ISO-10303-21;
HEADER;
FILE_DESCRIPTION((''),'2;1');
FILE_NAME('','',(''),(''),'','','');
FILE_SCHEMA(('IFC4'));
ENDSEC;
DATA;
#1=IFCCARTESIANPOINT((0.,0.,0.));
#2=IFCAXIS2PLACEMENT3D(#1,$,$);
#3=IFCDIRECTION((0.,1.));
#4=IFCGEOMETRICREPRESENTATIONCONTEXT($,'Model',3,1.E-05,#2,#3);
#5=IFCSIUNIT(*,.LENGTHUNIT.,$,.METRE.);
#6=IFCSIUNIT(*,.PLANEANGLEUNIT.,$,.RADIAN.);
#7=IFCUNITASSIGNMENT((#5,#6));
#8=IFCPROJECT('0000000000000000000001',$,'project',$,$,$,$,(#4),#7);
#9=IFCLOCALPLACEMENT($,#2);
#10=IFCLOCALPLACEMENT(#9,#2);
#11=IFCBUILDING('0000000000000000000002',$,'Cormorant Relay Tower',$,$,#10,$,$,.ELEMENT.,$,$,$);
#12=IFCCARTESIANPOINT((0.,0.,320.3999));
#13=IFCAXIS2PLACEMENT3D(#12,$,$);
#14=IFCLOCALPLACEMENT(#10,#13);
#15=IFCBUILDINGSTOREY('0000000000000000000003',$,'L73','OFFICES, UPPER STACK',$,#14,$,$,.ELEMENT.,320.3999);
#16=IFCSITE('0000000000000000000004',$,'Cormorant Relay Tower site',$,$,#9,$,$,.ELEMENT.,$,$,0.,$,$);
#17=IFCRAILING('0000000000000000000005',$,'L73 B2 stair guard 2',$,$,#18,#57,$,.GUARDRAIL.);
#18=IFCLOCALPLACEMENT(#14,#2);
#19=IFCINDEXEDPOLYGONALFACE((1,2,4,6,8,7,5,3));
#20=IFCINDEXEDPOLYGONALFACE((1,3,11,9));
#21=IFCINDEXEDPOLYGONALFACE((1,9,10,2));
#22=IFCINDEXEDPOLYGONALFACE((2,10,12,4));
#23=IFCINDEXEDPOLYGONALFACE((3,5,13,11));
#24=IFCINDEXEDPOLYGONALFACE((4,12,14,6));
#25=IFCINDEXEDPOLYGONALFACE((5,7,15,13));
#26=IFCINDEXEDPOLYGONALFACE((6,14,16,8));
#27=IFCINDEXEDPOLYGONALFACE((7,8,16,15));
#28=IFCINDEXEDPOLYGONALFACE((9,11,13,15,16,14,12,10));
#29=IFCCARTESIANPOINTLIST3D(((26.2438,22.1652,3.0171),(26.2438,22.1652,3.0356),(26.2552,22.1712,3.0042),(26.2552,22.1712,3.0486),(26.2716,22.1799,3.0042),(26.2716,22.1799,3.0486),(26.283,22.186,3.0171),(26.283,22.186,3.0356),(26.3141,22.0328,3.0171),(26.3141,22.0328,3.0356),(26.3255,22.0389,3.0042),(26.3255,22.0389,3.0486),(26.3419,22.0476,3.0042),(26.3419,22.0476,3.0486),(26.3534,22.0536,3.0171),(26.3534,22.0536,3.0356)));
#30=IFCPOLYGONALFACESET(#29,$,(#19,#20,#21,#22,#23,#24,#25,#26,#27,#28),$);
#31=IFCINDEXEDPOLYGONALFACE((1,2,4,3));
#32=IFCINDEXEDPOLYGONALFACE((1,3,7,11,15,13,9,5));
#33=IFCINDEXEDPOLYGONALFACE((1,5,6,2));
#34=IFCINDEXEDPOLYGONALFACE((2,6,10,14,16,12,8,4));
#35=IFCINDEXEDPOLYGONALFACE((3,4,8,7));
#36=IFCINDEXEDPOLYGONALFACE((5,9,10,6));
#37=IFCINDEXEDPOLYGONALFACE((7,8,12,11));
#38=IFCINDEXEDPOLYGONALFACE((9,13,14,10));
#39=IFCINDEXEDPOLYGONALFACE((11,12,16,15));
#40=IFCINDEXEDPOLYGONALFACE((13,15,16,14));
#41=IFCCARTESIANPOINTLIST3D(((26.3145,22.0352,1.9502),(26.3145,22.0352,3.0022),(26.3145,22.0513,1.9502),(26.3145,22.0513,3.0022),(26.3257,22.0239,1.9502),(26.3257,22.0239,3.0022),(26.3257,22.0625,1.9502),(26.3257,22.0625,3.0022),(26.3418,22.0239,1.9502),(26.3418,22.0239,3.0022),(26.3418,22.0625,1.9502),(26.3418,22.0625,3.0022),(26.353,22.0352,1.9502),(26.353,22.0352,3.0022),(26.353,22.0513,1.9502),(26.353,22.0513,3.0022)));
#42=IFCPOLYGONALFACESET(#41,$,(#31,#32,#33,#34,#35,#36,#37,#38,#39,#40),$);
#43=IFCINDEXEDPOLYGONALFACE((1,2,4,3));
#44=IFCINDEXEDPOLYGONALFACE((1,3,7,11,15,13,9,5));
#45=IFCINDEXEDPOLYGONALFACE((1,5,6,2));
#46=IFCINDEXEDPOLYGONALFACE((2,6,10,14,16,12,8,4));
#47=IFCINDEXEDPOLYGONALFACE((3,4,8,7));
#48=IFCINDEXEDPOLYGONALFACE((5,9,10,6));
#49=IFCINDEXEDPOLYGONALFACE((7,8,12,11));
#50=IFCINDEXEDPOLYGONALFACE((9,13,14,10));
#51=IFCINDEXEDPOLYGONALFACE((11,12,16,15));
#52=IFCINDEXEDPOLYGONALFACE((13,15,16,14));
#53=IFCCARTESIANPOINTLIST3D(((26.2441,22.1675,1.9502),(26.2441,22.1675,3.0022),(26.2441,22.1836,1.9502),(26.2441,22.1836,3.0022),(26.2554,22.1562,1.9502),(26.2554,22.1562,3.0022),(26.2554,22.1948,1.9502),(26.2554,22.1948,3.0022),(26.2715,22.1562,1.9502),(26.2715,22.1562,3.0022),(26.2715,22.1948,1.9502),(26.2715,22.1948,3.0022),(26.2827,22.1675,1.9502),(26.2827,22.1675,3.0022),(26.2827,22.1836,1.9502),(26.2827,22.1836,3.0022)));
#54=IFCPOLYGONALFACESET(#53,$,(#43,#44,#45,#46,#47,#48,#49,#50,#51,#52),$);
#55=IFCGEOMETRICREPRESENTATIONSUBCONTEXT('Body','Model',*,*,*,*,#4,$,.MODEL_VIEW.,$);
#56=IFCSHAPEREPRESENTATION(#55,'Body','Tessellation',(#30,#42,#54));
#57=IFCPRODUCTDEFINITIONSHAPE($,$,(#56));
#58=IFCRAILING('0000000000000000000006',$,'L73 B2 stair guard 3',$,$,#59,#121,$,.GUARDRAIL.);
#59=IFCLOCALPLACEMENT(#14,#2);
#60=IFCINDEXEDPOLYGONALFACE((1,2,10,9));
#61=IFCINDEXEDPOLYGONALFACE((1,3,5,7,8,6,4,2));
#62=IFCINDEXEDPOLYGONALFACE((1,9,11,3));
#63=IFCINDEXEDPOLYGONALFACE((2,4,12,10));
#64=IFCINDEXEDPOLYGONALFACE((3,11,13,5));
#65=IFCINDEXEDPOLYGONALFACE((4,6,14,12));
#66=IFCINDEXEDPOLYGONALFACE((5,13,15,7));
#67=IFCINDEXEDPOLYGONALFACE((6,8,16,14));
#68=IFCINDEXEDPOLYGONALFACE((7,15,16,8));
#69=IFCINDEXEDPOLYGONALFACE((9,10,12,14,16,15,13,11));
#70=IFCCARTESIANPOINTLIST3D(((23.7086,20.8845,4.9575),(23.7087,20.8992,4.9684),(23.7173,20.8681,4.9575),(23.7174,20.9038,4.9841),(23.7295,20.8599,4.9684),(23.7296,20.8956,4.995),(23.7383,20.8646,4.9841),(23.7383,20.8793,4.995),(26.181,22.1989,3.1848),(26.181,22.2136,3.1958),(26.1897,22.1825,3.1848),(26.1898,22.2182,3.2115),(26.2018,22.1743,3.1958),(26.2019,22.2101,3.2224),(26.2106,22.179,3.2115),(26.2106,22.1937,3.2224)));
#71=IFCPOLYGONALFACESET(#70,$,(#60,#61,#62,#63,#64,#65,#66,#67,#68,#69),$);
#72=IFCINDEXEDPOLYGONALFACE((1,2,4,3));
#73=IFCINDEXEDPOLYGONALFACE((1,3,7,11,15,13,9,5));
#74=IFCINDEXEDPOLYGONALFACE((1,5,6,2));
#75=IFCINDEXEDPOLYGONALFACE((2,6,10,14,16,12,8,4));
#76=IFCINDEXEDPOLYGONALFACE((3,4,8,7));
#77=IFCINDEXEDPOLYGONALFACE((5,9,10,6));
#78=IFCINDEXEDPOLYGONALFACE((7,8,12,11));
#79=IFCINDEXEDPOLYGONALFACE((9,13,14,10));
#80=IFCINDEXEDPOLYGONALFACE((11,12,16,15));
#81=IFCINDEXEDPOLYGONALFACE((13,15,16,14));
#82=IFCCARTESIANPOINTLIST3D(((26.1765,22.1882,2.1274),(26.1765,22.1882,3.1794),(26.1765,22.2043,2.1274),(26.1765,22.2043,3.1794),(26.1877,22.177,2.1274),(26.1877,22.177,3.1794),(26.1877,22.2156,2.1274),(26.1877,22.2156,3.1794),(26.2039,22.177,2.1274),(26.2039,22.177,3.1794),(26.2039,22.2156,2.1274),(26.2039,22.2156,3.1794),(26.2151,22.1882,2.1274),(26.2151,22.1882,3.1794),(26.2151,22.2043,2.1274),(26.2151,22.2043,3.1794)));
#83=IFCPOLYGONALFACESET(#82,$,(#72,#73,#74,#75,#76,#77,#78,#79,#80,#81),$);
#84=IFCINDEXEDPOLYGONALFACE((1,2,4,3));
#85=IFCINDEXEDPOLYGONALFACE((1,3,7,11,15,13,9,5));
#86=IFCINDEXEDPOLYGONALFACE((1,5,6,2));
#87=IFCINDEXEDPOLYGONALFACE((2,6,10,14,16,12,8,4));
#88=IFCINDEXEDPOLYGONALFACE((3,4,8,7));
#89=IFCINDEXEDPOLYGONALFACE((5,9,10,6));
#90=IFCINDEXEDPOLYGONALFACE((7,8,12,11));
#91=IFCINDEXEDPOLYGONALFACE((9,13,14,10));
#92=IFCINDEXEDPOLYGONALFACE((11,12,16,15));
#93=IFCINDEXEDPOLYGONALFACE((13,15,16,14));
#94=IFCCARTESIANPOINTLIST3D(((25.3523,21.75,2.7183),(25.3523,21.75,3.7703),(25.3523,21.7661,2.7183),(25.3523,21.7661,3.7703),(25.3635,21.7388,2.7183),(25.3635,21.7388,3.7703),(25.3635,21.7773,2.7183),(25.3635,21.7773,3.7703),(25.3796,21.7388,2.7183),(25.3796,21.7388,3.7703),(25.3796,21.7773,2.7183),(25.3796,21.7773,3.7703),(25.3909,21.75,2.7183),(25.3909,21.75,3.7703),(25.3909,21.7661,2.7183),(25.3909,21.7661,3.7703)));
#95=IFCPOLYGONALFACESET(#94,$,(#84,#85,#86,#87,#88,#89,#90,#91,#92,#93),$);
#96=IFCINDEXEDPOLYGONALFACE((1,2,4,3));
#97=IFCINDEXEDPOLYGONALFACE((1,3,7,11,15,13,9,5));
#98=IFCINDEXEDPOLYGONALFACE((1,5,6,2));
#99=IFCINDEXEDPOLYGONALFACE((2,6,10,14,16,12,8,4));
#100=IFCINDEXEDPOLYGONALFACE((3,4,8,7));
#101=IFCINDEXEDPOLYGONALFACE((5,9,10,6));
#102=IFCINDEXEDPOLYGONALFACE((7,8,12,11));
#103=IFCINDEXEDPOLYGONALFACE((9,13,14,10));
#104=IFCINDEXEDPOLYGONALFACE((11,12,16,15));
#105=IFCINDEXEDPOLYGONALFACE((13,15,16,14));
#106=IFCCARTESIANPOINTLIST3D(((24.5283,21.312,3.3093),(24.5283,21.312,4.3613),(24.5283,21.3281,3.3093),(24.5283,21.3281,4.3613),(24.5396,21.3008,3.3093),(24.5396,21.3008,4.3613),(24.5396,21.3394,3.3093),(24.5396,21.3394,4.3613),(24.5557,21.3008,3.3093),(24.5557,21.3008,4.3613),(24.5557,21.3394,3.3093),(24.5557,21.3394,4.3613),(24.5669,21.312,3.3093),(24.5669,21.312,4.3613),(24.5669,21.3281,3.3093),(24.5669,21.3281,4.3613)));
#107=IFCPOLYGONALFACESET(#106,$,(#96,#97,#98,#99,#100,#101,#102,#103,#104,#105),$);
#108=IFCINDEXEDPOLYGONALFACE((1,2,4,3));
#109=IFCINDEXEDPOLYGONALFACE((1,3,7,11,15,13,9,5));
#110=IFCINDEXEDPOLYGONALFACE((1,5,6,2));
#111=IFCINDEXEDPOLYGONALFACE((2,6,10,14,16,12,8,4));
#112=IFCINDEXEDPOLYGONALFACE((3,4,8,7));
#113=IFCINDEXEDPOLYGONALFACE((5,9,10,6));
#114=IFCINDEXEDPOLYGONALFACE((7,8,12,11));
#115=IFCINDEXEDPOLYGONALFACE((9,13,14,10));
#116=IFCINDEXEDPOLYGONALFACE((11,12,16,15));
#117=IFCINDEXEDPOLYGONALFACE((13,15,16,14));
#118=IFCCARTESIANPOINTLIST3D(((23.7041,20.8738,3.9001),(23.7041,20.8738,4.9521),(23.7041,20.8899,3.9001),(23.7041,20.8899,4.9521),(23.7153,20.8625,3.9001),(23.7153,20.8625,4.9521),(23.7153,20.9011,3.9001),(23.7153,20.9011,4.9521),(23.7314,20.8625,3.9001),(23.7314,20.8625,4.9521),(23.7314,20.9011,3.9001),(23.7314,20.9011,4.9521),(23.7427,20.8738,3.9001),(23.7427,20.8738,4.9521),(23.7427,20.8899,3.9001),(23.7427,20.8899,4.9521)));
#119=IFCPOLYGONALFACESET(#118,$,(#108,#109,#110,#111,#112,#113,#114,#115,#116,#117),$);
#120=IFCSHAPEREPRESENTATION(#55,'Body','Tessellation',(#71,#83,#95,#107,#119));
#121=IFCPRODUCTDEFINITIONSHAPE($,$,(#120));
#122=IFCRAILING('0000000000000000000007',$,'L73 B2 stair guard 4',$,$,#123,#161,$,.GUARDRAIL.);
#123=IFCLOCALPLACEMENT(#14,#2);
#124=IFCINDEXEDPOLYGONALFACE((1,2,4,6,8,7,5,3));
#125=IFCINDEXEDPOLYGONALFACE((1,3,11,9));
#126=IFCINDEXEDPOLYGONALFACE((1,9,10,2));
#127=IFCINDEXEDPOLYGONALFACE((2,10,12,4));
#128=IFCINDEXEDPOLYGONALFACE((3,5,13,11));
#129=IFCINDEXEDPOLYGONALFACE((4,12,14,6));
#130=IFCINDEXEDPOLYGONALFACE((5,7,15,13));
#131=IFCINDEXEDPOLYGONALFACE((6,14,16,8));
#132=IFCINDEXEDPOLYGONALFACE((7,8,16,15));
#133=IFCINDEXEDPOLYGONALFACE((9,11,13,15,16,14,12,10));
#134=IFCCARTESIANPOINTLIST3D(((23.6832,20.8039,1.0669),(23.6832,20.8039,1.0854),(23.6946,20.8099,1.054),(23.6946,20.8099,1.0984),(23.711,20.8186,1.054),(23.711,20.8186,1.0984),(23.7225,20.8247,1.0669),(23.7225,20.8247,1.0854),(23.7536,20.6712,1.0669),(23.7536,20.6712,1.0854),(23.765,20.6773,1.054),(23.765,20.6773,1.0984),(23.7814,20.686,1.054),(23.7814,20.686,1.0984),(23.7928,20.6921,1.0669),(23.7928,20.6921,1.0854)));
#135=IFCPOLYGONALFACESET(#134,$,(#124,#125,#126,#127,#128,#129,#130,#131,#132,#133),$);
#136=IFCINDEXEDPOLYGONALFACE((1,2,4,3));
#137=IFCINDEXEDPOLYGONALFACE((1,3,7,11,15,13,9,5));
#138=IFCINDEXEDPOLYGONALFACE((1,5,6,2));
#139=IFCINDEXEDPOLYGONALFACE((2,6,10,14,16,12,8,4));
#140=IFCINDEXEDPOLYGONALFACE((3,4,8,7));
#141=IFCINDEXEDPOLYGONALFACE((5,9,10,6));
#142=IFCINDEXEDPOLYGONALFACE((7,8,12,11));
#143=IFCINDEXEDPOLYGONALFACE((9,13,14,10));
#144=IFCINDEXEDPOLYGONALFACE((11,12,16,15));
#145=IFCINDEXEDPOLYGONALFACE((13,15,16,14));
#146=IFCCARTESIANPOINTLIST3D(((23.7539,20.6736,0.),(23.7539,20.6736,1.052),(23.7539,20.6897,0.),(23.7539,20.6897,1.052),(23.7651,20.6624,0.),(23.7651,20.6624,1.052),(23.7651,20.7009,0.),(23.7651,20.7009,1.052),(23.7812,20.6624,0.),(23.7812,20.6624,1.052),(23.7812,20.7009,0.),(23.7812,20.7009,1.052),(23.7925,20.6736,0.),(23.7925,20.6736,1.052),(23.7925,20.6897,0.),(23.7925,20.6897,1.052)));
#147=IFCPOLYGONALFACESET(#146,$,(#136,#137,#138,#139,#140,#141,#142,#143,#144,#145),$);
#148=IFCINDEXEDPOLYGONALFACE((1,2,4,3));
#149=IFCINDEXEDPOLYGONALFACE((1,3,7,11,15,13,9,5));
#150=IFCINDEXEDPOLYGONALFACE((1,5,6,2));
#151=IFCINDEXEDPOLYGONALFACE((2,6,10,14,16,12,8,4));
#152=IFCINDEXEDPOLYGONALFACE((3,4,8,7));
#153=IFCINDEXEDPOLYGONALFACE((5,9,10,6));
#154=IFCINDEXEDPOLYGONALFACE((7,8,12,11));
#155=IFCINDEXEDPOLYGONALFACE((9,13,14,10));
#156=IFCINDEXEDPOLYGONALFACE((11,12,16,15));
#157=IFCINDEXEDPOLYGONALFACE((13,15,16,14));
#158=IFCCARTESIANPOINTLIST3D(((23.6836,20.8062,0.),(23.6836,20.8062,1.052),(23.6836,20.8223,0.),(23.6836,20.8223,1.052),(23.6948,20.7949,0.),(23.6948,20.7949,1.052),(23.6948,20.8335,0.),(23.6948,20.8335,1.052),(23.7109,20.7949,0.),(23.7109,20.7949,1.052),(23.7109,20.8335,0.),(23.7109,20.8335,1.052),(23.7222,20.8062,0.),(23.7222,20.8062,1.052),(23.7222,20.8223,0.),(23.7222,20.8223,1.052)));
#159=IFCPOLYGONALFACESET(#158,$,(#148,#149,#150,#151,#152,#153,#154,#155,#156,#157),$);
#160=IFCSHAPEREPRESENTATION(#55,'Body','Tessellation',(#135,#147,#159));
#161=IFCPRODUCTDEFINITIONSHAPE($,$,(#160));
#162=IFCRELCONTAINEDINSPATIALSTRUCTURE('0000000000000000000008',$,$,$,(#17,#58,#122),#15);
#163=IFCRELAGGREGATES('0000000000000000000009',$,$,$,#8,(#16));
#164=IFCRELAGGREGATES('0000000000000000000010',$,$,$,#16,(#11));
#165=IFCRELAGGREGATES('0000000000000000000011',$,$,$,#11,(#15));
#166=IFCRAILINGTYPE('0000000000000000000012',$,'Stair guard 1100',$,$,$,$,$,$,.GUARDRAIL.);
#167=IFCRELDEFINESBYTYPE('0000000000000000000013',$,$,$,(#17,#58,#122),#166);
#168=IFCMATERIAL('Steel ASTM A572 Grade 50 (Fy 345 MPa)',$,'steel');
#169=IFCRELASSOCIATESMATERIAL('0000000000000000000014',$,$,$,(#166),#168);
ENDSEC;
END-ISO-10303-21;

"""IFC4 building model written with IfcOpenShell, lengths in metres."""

from ifc_helpers import new_model, si_unit, direction, frame, origin, place, context, subcontext, project, spatial, polyline, outline, extrude, material, type_object, element, save


model = new_model("IFC4")

# Units and contexts
model_context = context("Model", 3, precision=1e-05, world=origin(), true_north=direction((0.0, 1.0)))
body_context = subcontext(model_context, "Body", "Model", "MODEL_VIEW")
ifc_project = project(units=[si_unit("LENGTHUNIT", "METRE"), si_unit("PLANEANGLEUNIT", "RADIAN")], contexts=[model_context])

# Site, building, storey
site_placement = place(None, origin())
site = spatial("IfcSite", under=ifc_project, at=site_placement, Name="Cormorant Relay Tower site", CompositionType="ELEMENT", RefElevation=0.0)
building_placement = place(site_placement, origin())
building = spatial("IfcBuilding", under=site, at=building_placement, Name="Cormorant Relay Tower", CompositionType="ELEMENT")
storey_placement = place(building_placement, frame((0.0, 0.0, 320.3999)))
storey = spatial("IfcBuildingStorey", under=building, at=storey_placement, Name="L73", Description="OFFICES, UPPER STACK", CompositionType="ELEMENT", Elevation=320.3999)

# Railings
ifc_material_1 = material(Name="Steel ASTM A572 Grade 50 (Fy 345 MPa)", Category="steel")
railing_type_1 = type_object("IfcRailingType", Name="Stair guard 1100", PredefinedType="GUARDRAIL", material=ifc_material_1)
railing_1_placement = place(storey_placement, frame((26.3337, 22.0432, 1.9502)))
element("IfcRailing", 1, at=railing_1_placement, inside=storey, type_object=railing_type_1, Name="L73 B2 stair guard 2", PredefinedType="GUARDRAIL", context=body_context, shape_type="SweptSolid", body=[
    extrude(outline(polyline([(0.0222, 0.0093), (0.0093, 0.0222), (-0.0093, 0.0222), (-0.0222, 0.0093), (-0.0222, -0.0093), (-0.0093, -0.0222), (0.0093, -0.0222), (0.0222, -0.0093), (0.0222, 0.0093)])), frame((0.0, 0.0, 1.0762), z_axis=(-0.469235, 0.883074, 0.0), x_axis=(-0.883074, -0.469235, 0.0)), (0.0, 0.0, 1.0), 0.1499),
    extrude(outline(polyline([(0.0193, 0.0081), (0.0081, 0.0193), (-0.0081, 0.0193), (-0.0193, 0.0081), (-0.0193, -0.0081), (-0.0081, -0.0193), (0.0081, -0.0193), (0.0193, -0.0081), (0.0193, 0.0081)])), origin(), (0.0, 0.0, 1.0), 1.052),
    extrude(outline(polyline([(0.0193, 0.0081), (0.0081, 0.0193), (-0.0081, 0.0193), (-0.0193, 0.0081), (-0.0193, -0.0081), (-0.0081, -0.0193), (0.0081, -0.0193), (0.0193, -0.0081), (0.0193, 0.0081)])), frame((-0.0703, 0.1323, 0.0)), (0.0, 0.0, 1.0), 1.052),
])
railing_2_placement = place(storey_placement, frame((26.1958, 22.1963, 2.1274)))
element("IfcRailing", 2, at=railing_2_placement, inside=storey, type_object=railing_type_1, Name="L73 B2 stair guard 3", PredefinedType="GUARDRAIL", context=body_context, shape_type="SweptSolid", body=[
    extrude(outline(polyline([(0.0222, 0.0093), (0.0093, 0.0222), (-0.0093, 0.0222), (-0.0222, 0.0093), (-0.0222, -0.0093), (-0.0093, -0.0222), (0.0093, -0.0222), (0.0222, -0.0093), (0.0222, 0.0093)])), frame((0.0, 0.0, 1.0762), z_axis=(-0.746034, -0.396627, 0.534902), x_axis=(0.469429, -0.88297, 0.0)), (0.0, 0.0, 1.0), 3.314),
    extrude(outline(polyline([(0.0193, 0.0081), (0.0081, 0.0193), (-0.0081, 0.0193), (-0.0193, 0.0081), (-0.0193, -0.0081), (-0.0081, -0.0193), (0.0081, -0.0193), (0.0193, -0.0081), (0.0193, 0.0081)])), origin(), (0.0, 0.0, 1.0), 1.052),
    extrude(outline(polyline([(0.0193, 0.0081), (0.0081, 0.0193), (-0.0081, 0.0193), (-0.0193, 0.0081), (-0.0193, -0.0081), (-0.0081, -0.0193), (0.0081, -0.0193), (0.0193, -0.0081), (0.0193, 0.0081)])), frame((-0.8242, -0.4382, 0.5908)), (0.0, 0.0, 1.0), 1.052),
    extrude(outline(polyline([(0.0193, 0.0081), (0.0081, 0.0193), (-0.0081, 0.0193), (-0.0193, 0.0081), (-0.0193, -0.0081), (-0.0081, -0.0193), (0.0081, -0.0193), (0.0193, -0.0081), (0.0193, 0.0081)])), frame((-1.6482, -0.8762, 1.1819)), (0.0, 0.0, 1.0), 1.052),
    extrude(outline(polyline([(0.0193, 0.0081), (0.0081, 0.0193), (-0.0081, 0.0193), (-0.0193, 0.0081), (-0.0193, -0.0081), (-0.0081, -0.0193), (0.0081, -0.0193), (0.0193, -0.0081), (0.0193, 0.0081)])), frame((-2.4724, -1.3145, 1.7727)), (0.0, 0.0, 1.0), 1.052),
])
railing_3_placement = place(storey_placement, frame((23.7732, 20.6816, 0.0)))
element("IfcRailing", 3, at=railing_3_placement, inside=storey, type_object=railing_type_1, Name="L73 B2 stair guard 4", PredefinedType="GUARDRAIL", context=body_context, shape_type="SweptSolid", body=[
    extrude(outline(polyline([(0.0222, 0.0093), (0.0093, 0.0222), (-0.0093, 0.0222), (-0.0222, 0.0093), (-0.0222, -0.0093), (-0.0093, -0.0222), (0.0093, -0.0222), (0.0222, -0.0093), (0.0222, 0.0093)])), frame((0.0, 0.0, 1.0762), z_axis=(-0.46856, 0.883431, 0.0), x_axis=(-0.883431, -0.46856, 0.0)), (0.0, 0.0, 1.0), 0.1501),
    extrude(outline(polyline([(0.0193, 0.0081), (0.0081, 0.0193), (-0.0081, 0.0193), (-0.0193, 0.0081), (-0.0193, -0.0081), (-0.0081, -0.0193), (0.0081, -0.0193), (0.0193, -0.0081), (0.0193, 0.0081)])), origin(), (0.0, 0.0, 1.0), 1.052),
    extrude(outline(polyline([(0.0193, 0.0081), (0.0081, 0.0193), (-0.0081, 0.0193), (-0.0193, 0.0081), (-0.0193, -0.0081), (-0.0081, -0.0193), (0.0081, -0.0193), (0.0193, -0.0081), (0.0193, 0.0081)])), frame((-0.0703, 0.1326, 0.0)), (0.0, 0.0, 1.0), 1.052),
])

save(model, "model.ifc")
